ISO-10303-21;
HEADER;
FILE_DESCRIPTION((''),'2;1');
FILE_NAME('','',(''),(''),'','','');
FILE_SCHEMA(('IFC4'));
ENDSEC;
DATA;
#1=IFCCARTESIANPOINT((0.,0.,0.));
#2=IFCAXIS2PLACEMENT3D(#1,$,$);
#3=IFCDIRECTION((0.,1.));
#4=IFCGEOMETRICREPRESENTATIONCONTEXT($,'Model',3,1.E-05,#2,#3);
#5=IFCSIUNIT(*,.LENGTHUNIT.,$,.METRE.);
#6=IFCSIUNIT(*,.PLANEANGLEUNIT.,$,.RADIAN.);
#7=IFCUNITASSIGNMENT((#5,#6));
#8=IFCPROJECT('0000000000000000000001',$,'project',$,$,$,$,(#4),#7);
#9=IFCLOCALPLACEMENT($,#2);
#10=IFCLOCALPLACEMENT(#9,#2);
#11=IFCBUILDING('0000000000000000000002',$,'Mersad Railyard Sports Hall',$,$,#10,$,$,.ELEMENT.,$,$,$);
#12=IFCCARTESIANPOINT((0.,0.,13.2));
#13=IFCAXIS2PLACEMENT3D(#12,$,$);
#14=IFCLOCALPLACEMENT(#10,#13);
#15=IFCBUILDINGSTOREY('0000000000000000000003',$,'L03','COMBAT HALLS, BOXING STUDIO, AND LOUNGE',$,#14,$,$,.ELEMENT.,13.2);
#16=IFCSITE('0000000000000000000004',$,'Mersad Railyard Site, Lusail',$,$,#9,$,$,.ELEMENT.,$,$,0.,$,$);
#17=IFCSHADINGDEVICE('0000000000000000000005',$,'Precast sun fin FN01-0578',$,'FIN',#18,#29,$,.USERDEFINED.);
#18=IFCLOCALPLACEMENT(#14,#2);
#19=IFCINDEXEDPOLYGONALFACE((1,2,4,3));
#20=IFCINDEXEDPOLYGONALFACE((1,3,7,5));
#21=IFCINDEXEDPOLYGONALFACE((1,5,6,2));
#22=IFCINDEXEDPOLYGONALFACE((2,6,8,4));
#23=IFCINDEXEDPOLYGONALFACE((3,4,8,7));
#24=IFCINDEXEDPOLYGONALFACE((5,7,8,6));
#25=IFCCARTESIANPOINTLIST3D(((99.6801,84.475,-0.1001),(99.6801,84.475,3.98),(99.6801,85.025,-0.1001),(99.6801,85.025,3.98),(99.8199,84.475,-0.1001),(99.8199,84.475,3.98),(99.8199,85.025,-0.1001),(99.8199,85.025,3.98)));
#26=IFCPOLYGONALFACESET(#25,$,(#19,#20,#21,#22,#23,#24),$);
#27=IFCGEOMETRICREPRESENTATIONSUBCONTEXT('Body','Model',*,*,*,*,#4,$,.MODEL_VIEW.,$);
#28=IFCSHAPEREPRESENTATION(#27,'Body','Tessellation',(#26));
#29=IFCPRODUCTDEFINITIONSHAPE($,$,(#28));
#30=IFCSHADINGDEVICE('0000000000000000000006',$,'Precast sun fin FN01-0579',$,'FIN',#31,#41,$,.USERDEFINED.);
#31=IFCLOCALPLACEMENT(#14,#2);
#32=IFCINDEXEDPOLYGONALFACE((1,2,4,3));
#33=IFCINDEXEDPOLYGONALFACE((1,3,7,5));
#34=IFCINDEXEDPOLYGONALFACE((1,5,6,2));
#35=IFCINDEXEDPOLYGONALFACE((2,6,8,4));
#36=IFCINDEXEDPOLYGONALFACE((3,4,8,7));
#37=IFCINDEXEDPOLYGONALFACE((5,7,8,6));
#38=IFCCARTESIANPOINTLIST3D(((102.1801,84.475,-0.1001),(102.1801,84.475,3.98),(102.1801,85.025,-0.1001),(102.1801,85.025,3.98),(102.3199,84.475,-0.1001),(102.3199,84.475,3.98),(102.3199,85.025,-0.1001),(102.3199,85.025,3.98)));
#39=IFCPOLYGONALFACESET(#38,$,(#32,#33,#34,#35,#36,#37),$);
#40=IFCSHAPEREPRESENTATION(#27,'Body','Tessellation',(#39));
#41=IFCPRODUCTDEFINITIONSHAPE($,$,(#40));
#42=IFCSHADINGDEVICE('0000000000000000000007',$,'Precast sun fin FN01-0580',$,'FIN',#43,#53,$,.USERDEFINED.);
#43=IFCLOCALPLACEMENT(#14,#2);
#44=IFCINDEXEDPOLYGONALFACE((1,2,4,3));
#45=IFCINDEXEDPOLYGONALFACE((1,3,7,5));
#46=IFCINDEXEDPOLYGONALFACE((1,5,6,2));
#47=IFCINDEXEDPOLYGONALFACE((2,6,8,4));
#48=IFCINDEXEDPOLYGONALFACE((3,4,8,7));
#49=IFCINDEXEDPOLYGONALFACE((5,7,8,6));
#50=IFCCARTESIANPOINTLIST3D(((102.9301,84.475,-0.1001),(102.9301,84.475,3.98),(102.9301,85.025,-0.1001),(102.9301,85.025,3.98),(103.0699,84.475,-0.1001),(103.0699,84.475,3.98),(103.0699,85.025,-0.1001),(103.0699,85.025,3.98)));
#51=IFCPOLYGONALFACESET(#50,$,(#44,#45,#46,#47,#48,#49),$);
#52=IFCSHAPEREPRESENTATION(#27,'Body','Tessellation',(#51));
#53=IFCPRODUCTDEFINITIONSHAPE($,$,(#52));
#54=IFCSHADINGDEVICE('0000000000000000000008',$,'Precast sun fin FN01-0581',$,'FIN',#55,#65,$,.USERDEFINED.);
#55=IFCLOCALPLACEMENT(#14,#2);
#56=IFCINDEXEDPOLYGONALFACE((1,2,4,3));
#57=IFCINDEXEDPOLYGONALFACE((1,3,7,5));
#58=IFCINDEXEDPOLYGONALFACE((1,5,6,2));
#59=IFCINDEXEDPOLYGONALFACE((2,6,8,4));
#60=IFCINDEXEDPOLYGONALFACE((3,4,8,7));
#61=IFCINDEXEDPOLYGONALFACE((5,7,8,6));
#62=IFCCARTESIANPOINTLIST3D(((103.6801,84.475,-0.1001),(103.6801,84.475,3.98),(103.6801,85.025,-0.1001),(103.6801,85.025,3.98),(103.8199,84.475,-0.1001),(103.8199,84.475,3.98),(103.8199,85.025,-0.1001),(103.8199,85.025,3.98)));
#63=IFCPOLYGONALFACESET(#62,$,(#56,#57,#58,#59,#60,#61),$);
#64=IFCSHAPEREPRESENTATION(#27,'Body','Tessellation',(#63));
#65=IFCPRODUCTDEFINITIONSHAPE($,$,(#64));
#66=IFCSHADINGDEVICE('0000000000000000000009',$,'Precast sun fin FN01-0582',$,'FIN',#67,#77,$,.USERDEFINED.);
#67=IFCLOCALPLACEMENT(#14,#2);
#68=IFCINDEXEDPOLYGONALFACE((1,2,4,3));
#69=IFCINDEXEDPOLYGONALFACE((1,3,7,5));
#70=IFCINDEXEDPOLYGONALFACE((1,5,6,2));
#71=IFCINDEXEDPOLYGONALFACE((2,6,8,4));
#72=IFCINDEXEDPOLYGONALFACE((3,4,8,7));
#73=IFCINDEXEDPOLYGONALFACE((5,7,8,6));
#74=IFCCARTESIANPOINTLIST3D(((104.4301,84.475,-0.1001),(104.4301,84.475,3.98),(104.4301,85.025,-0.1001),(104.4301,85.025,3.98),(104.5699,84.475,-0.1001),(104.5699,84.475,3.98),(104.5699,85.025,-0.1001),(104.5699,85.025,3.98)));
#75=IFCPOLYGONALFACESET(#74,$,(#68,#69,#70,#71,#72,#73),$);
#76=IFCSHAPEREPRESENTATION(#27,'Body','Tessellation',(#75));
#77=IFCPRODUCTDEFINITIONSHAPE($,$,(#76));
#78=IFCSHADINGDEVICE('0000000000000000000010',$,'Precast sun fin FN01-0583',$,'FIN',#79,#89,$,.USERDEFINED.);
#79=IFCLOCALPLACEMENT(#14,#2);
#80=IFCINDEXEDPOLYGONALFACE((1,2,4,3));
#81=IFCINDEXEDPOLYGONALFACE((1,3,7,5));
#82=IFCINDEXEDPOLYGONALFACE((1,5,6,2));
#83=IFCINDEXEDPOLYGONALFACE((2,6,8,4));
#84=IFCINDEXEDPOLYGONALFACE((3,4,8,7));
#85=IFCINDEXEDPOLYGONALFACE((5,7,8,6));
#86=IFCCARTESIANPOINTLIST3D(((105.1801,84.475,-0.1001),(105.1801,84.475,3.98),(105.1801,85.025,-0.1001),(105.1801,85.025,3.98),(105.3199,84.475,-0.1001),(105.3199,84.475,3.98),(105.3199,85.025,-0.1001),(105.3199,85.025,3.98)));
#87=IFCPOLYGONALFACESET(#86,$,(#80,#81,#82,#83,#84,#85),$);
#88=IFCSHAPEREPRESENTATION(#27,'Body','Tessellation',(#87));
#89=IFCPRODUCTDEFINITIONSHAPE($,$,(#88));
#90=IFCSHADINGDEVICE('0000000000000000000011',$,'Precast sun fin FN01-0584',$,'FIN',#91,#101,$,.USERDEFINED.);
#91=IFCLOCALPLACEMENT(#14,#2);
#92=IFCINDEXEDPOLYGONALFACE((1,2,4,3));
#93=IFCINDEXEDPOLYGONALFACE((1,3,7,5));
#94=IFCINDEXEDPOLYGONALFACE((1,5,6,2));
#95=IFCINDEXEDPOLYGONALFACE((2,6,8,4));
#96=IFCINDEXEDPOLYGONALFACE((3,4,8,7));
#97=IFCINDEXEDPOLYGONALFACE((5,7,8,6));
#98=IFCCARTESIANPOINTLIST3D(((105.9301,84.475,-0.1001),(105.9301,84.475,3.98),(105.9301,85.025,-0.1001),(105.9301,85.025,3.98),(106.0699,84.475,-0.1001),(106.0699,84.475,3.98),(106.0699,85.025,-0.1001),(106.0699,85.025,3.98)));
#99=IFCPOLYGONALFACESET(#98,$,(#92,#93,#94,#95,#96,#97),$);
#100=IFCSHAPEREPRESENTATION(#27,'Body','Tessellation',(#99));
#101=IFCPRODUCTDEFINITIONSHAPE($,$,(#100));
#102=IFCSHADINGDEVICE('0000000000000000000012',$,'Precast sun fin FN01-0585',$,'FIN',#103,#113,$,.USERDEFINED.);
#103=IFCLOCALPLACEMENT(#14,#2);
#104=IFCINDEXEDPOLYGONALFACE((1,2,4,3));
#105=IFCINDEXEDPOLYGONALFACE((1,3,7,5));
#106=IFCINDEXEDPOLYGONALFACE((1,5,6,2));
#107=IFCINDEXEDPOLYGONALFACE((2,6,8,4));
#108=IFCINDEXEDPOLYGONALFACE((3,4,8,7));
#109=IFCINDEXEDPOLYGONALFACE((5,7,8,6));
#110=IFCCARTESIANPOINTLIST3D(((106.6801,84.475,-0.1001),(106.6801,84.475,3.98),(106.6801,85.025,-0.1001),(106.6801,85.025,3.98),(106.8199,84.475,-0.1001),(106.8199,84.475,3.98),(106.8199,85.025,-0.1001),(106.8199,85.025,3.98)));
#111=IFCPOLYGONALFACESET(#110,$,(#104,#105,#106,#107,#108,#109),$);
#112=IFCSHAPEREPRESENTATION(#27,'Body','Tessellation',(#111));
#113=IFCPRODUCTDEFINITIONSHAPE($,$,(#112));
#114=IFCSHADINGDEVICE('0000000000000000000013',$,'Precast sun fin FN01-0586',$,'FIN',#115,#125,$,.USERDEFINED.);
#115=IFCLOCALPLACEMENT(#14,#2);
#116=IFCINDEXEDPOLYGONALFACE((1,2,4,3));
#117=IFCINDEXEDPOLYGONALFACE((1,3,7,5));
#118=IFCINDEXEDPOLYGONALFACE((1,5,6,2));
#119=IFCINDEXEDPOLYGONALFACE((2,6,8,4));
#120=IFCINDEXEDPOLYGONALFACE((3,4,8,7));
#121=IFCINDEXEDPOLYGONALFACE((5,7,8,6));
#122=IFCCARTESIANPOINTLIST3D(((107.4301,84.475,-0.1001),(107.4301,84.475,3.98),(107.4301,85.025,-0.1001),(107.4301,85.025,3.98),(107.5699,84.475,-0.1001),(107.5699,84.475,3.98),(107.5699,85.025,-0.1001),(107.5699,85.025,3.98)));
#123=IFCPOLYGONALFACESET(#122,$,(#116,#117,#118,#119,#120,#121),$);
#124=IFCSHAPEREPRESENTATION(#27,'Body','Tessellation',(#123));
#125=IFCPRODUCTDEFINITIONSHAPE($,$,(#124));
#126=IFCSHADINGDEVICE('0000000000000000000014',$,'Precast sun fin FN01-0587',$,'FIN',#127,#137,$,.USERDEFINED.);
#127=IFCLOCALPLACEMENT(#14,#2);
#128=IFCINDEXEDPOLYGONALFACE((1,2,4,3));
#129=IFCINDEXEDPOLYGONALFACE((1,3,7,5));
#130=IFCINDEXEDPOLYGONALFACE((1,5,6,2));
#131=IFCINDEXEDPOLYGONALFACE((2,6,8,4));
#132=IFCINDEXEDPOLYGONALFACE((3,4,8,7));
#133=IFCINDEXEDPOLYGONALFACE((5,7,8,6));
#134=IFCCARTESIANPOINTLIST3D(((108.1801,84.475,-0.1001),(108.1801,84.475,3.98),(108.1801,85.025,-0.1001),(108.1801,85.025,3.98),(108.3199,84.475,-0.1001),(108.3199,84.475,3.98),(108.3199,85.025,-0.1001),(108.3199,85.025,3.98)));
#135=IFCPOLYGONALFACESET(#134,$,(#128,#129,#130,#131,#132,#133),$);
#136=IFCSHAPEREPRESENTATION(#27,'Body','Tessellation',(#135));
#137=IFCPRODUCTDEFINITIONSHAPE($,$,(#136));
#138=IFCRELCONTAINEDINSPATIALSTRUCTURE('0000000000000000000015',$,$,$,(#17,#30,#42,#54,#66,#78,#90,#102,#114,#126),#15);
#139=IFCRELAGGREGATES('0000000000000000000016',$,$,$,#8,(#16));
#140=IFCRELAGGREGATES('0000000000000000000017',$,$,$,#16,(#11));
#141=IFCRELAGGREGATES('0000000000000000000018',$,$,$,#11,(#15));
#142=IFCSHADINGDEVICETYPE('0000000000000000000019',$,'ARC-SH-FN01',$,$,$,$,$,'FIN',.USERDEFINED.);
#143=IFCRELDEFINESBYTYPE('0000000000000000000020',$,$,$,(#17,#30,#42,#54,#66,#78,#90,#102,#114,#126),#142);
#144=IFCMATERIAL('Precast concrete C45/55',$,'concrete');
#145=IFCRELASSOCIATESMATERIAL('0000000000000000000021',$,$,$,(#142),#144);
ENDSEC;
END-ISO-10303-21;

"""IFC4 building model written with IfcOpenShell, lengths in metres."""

from ifc_helpers import new_model, si_unit, direction, frame, origin, origin_2d, place, context, subcontext, project, spatial, rectangle, extrude, material, type_object, element, save


model = new_model("IFC4")

# Units and contexts
model_context = context("Model", 3, precision=1e-05, world=origin(), true_north=direction((0.0, 1.0)))
body_context = subcontext(model_context, "Body", "Model", "MODEL_VIEW")
ifc_project = project(units=[si_unit("LENGTHUNIT", "METRE"), si_unit("PLANEANGLEUNIT", "RADIAN")], contexts=[model_context])

# Site, building, storey
site_placement = place(None, origin())
site = spatial("IfcSite", under=ifc_project, at=site_placement, Name="Mersad Railyard Site, Lusail", CompositionType="ELEMENT", RefElevation=0.0)
building_placement = place(site_placement, origin())
building = spatial("IfcBuilding", under=site, at=building_placement, Name="Mersad Railyard Sports Hall", CompositionType="ELEMENT")
storey_placement = place(building_placement, frame((0.0, 0.0, 13.2)))
storey = spatial("IfcBuildingStorey", under=building, at=storey_placement, Name="L03", Description="COMBAT HALLS, BOXING STUDIO, AND LOUNGE", CompositionType="ELEMENT", Elevation=13.2)

# Shading devices
ifc_material = material(Name="Precast concrete C45/55", Category="concrete")
shading_device_type = type_object("IfcShadingDeviceType", Name="ARC-SH-FN01", ElementType="FIN", PredefinedType="USERDEFINED", material=ifc_material)
for number, where, z_axis, x_axis, name in (
    (1, (99.75, 84.75, -0.1001), (0.0, 0.0, 1.0), (1.0, 0.0, 0.0), "Precast sun fin FN01-0578"),
    (2, (102.25, 84.75, -0.1001), (0.0, 0.0, 1.0), (1.0, 0.0, 0.0), "Precast sun fin FN01-0579"),
    (3, (103.0, 84.75, -0.1001), (0.0, 0.0, 1.0), (1.0, 0.0, 0.0), "Precast sun fin FN01-0580"),
    (4, (103.75, 84.75, -0.1001), (0.0, 0.0, 1.0), (1.0, 0.0, 0.0), "Precast sun fin FN01-0581"),
    (5, (104.5, 84.75, -0.1001), (0.0, 0.0, 1.0), (1.0, 0.0, 0.0), "Precast sun fin FN01-0582"),
    (6, (105.25, 84.75, -0.1001), (0.0, 0.0, 1.0), (1.0, 0.0, 0.0), "Precast sun fin FN01-0583"),
    (7, (106.0, 84.75, -0.1001), (0.0, 0.0, 1.0), (1.0, 0.0, 0.0), "Precast sun fin FN01-0584"),
    (8, (106.75, 84.75, -0.1001), (0.0, 0.0, 1.0), (1.0, 0.0, 0.0), "Precast sun fin FN01-0585"),
    (9, (107.5, 84.75, -0.1001), (0.0, 0.0, 1.0), (1.0, 0.0, 0.0), "Precast sun fin FN01-0586"),
    (10, (108.25, 84.75, -0.1001), (0.0, 0.0, 1.0), (1.0, 0.0, 0.0), "Precast sun fin FN01-0587"),
):
    element("IfcShadingDevice", number, at=place(storey_placement, frame(where, z_axis=z_axis, x_axis=x_axis)), inside=storey, type_object=shading_device_type, Name=name, ObjectType="FIN", PredefinedType="USERDEFINED", context=body_context, shape_type="SweptSolid", body=[
        extrude(rectangle(XDim=0.1399, YDim=0.55, at=origin_2d()), origin(), (0.0, 0.0, 1.0), 4.0801),
    ])

save(model, "model.ifc")
